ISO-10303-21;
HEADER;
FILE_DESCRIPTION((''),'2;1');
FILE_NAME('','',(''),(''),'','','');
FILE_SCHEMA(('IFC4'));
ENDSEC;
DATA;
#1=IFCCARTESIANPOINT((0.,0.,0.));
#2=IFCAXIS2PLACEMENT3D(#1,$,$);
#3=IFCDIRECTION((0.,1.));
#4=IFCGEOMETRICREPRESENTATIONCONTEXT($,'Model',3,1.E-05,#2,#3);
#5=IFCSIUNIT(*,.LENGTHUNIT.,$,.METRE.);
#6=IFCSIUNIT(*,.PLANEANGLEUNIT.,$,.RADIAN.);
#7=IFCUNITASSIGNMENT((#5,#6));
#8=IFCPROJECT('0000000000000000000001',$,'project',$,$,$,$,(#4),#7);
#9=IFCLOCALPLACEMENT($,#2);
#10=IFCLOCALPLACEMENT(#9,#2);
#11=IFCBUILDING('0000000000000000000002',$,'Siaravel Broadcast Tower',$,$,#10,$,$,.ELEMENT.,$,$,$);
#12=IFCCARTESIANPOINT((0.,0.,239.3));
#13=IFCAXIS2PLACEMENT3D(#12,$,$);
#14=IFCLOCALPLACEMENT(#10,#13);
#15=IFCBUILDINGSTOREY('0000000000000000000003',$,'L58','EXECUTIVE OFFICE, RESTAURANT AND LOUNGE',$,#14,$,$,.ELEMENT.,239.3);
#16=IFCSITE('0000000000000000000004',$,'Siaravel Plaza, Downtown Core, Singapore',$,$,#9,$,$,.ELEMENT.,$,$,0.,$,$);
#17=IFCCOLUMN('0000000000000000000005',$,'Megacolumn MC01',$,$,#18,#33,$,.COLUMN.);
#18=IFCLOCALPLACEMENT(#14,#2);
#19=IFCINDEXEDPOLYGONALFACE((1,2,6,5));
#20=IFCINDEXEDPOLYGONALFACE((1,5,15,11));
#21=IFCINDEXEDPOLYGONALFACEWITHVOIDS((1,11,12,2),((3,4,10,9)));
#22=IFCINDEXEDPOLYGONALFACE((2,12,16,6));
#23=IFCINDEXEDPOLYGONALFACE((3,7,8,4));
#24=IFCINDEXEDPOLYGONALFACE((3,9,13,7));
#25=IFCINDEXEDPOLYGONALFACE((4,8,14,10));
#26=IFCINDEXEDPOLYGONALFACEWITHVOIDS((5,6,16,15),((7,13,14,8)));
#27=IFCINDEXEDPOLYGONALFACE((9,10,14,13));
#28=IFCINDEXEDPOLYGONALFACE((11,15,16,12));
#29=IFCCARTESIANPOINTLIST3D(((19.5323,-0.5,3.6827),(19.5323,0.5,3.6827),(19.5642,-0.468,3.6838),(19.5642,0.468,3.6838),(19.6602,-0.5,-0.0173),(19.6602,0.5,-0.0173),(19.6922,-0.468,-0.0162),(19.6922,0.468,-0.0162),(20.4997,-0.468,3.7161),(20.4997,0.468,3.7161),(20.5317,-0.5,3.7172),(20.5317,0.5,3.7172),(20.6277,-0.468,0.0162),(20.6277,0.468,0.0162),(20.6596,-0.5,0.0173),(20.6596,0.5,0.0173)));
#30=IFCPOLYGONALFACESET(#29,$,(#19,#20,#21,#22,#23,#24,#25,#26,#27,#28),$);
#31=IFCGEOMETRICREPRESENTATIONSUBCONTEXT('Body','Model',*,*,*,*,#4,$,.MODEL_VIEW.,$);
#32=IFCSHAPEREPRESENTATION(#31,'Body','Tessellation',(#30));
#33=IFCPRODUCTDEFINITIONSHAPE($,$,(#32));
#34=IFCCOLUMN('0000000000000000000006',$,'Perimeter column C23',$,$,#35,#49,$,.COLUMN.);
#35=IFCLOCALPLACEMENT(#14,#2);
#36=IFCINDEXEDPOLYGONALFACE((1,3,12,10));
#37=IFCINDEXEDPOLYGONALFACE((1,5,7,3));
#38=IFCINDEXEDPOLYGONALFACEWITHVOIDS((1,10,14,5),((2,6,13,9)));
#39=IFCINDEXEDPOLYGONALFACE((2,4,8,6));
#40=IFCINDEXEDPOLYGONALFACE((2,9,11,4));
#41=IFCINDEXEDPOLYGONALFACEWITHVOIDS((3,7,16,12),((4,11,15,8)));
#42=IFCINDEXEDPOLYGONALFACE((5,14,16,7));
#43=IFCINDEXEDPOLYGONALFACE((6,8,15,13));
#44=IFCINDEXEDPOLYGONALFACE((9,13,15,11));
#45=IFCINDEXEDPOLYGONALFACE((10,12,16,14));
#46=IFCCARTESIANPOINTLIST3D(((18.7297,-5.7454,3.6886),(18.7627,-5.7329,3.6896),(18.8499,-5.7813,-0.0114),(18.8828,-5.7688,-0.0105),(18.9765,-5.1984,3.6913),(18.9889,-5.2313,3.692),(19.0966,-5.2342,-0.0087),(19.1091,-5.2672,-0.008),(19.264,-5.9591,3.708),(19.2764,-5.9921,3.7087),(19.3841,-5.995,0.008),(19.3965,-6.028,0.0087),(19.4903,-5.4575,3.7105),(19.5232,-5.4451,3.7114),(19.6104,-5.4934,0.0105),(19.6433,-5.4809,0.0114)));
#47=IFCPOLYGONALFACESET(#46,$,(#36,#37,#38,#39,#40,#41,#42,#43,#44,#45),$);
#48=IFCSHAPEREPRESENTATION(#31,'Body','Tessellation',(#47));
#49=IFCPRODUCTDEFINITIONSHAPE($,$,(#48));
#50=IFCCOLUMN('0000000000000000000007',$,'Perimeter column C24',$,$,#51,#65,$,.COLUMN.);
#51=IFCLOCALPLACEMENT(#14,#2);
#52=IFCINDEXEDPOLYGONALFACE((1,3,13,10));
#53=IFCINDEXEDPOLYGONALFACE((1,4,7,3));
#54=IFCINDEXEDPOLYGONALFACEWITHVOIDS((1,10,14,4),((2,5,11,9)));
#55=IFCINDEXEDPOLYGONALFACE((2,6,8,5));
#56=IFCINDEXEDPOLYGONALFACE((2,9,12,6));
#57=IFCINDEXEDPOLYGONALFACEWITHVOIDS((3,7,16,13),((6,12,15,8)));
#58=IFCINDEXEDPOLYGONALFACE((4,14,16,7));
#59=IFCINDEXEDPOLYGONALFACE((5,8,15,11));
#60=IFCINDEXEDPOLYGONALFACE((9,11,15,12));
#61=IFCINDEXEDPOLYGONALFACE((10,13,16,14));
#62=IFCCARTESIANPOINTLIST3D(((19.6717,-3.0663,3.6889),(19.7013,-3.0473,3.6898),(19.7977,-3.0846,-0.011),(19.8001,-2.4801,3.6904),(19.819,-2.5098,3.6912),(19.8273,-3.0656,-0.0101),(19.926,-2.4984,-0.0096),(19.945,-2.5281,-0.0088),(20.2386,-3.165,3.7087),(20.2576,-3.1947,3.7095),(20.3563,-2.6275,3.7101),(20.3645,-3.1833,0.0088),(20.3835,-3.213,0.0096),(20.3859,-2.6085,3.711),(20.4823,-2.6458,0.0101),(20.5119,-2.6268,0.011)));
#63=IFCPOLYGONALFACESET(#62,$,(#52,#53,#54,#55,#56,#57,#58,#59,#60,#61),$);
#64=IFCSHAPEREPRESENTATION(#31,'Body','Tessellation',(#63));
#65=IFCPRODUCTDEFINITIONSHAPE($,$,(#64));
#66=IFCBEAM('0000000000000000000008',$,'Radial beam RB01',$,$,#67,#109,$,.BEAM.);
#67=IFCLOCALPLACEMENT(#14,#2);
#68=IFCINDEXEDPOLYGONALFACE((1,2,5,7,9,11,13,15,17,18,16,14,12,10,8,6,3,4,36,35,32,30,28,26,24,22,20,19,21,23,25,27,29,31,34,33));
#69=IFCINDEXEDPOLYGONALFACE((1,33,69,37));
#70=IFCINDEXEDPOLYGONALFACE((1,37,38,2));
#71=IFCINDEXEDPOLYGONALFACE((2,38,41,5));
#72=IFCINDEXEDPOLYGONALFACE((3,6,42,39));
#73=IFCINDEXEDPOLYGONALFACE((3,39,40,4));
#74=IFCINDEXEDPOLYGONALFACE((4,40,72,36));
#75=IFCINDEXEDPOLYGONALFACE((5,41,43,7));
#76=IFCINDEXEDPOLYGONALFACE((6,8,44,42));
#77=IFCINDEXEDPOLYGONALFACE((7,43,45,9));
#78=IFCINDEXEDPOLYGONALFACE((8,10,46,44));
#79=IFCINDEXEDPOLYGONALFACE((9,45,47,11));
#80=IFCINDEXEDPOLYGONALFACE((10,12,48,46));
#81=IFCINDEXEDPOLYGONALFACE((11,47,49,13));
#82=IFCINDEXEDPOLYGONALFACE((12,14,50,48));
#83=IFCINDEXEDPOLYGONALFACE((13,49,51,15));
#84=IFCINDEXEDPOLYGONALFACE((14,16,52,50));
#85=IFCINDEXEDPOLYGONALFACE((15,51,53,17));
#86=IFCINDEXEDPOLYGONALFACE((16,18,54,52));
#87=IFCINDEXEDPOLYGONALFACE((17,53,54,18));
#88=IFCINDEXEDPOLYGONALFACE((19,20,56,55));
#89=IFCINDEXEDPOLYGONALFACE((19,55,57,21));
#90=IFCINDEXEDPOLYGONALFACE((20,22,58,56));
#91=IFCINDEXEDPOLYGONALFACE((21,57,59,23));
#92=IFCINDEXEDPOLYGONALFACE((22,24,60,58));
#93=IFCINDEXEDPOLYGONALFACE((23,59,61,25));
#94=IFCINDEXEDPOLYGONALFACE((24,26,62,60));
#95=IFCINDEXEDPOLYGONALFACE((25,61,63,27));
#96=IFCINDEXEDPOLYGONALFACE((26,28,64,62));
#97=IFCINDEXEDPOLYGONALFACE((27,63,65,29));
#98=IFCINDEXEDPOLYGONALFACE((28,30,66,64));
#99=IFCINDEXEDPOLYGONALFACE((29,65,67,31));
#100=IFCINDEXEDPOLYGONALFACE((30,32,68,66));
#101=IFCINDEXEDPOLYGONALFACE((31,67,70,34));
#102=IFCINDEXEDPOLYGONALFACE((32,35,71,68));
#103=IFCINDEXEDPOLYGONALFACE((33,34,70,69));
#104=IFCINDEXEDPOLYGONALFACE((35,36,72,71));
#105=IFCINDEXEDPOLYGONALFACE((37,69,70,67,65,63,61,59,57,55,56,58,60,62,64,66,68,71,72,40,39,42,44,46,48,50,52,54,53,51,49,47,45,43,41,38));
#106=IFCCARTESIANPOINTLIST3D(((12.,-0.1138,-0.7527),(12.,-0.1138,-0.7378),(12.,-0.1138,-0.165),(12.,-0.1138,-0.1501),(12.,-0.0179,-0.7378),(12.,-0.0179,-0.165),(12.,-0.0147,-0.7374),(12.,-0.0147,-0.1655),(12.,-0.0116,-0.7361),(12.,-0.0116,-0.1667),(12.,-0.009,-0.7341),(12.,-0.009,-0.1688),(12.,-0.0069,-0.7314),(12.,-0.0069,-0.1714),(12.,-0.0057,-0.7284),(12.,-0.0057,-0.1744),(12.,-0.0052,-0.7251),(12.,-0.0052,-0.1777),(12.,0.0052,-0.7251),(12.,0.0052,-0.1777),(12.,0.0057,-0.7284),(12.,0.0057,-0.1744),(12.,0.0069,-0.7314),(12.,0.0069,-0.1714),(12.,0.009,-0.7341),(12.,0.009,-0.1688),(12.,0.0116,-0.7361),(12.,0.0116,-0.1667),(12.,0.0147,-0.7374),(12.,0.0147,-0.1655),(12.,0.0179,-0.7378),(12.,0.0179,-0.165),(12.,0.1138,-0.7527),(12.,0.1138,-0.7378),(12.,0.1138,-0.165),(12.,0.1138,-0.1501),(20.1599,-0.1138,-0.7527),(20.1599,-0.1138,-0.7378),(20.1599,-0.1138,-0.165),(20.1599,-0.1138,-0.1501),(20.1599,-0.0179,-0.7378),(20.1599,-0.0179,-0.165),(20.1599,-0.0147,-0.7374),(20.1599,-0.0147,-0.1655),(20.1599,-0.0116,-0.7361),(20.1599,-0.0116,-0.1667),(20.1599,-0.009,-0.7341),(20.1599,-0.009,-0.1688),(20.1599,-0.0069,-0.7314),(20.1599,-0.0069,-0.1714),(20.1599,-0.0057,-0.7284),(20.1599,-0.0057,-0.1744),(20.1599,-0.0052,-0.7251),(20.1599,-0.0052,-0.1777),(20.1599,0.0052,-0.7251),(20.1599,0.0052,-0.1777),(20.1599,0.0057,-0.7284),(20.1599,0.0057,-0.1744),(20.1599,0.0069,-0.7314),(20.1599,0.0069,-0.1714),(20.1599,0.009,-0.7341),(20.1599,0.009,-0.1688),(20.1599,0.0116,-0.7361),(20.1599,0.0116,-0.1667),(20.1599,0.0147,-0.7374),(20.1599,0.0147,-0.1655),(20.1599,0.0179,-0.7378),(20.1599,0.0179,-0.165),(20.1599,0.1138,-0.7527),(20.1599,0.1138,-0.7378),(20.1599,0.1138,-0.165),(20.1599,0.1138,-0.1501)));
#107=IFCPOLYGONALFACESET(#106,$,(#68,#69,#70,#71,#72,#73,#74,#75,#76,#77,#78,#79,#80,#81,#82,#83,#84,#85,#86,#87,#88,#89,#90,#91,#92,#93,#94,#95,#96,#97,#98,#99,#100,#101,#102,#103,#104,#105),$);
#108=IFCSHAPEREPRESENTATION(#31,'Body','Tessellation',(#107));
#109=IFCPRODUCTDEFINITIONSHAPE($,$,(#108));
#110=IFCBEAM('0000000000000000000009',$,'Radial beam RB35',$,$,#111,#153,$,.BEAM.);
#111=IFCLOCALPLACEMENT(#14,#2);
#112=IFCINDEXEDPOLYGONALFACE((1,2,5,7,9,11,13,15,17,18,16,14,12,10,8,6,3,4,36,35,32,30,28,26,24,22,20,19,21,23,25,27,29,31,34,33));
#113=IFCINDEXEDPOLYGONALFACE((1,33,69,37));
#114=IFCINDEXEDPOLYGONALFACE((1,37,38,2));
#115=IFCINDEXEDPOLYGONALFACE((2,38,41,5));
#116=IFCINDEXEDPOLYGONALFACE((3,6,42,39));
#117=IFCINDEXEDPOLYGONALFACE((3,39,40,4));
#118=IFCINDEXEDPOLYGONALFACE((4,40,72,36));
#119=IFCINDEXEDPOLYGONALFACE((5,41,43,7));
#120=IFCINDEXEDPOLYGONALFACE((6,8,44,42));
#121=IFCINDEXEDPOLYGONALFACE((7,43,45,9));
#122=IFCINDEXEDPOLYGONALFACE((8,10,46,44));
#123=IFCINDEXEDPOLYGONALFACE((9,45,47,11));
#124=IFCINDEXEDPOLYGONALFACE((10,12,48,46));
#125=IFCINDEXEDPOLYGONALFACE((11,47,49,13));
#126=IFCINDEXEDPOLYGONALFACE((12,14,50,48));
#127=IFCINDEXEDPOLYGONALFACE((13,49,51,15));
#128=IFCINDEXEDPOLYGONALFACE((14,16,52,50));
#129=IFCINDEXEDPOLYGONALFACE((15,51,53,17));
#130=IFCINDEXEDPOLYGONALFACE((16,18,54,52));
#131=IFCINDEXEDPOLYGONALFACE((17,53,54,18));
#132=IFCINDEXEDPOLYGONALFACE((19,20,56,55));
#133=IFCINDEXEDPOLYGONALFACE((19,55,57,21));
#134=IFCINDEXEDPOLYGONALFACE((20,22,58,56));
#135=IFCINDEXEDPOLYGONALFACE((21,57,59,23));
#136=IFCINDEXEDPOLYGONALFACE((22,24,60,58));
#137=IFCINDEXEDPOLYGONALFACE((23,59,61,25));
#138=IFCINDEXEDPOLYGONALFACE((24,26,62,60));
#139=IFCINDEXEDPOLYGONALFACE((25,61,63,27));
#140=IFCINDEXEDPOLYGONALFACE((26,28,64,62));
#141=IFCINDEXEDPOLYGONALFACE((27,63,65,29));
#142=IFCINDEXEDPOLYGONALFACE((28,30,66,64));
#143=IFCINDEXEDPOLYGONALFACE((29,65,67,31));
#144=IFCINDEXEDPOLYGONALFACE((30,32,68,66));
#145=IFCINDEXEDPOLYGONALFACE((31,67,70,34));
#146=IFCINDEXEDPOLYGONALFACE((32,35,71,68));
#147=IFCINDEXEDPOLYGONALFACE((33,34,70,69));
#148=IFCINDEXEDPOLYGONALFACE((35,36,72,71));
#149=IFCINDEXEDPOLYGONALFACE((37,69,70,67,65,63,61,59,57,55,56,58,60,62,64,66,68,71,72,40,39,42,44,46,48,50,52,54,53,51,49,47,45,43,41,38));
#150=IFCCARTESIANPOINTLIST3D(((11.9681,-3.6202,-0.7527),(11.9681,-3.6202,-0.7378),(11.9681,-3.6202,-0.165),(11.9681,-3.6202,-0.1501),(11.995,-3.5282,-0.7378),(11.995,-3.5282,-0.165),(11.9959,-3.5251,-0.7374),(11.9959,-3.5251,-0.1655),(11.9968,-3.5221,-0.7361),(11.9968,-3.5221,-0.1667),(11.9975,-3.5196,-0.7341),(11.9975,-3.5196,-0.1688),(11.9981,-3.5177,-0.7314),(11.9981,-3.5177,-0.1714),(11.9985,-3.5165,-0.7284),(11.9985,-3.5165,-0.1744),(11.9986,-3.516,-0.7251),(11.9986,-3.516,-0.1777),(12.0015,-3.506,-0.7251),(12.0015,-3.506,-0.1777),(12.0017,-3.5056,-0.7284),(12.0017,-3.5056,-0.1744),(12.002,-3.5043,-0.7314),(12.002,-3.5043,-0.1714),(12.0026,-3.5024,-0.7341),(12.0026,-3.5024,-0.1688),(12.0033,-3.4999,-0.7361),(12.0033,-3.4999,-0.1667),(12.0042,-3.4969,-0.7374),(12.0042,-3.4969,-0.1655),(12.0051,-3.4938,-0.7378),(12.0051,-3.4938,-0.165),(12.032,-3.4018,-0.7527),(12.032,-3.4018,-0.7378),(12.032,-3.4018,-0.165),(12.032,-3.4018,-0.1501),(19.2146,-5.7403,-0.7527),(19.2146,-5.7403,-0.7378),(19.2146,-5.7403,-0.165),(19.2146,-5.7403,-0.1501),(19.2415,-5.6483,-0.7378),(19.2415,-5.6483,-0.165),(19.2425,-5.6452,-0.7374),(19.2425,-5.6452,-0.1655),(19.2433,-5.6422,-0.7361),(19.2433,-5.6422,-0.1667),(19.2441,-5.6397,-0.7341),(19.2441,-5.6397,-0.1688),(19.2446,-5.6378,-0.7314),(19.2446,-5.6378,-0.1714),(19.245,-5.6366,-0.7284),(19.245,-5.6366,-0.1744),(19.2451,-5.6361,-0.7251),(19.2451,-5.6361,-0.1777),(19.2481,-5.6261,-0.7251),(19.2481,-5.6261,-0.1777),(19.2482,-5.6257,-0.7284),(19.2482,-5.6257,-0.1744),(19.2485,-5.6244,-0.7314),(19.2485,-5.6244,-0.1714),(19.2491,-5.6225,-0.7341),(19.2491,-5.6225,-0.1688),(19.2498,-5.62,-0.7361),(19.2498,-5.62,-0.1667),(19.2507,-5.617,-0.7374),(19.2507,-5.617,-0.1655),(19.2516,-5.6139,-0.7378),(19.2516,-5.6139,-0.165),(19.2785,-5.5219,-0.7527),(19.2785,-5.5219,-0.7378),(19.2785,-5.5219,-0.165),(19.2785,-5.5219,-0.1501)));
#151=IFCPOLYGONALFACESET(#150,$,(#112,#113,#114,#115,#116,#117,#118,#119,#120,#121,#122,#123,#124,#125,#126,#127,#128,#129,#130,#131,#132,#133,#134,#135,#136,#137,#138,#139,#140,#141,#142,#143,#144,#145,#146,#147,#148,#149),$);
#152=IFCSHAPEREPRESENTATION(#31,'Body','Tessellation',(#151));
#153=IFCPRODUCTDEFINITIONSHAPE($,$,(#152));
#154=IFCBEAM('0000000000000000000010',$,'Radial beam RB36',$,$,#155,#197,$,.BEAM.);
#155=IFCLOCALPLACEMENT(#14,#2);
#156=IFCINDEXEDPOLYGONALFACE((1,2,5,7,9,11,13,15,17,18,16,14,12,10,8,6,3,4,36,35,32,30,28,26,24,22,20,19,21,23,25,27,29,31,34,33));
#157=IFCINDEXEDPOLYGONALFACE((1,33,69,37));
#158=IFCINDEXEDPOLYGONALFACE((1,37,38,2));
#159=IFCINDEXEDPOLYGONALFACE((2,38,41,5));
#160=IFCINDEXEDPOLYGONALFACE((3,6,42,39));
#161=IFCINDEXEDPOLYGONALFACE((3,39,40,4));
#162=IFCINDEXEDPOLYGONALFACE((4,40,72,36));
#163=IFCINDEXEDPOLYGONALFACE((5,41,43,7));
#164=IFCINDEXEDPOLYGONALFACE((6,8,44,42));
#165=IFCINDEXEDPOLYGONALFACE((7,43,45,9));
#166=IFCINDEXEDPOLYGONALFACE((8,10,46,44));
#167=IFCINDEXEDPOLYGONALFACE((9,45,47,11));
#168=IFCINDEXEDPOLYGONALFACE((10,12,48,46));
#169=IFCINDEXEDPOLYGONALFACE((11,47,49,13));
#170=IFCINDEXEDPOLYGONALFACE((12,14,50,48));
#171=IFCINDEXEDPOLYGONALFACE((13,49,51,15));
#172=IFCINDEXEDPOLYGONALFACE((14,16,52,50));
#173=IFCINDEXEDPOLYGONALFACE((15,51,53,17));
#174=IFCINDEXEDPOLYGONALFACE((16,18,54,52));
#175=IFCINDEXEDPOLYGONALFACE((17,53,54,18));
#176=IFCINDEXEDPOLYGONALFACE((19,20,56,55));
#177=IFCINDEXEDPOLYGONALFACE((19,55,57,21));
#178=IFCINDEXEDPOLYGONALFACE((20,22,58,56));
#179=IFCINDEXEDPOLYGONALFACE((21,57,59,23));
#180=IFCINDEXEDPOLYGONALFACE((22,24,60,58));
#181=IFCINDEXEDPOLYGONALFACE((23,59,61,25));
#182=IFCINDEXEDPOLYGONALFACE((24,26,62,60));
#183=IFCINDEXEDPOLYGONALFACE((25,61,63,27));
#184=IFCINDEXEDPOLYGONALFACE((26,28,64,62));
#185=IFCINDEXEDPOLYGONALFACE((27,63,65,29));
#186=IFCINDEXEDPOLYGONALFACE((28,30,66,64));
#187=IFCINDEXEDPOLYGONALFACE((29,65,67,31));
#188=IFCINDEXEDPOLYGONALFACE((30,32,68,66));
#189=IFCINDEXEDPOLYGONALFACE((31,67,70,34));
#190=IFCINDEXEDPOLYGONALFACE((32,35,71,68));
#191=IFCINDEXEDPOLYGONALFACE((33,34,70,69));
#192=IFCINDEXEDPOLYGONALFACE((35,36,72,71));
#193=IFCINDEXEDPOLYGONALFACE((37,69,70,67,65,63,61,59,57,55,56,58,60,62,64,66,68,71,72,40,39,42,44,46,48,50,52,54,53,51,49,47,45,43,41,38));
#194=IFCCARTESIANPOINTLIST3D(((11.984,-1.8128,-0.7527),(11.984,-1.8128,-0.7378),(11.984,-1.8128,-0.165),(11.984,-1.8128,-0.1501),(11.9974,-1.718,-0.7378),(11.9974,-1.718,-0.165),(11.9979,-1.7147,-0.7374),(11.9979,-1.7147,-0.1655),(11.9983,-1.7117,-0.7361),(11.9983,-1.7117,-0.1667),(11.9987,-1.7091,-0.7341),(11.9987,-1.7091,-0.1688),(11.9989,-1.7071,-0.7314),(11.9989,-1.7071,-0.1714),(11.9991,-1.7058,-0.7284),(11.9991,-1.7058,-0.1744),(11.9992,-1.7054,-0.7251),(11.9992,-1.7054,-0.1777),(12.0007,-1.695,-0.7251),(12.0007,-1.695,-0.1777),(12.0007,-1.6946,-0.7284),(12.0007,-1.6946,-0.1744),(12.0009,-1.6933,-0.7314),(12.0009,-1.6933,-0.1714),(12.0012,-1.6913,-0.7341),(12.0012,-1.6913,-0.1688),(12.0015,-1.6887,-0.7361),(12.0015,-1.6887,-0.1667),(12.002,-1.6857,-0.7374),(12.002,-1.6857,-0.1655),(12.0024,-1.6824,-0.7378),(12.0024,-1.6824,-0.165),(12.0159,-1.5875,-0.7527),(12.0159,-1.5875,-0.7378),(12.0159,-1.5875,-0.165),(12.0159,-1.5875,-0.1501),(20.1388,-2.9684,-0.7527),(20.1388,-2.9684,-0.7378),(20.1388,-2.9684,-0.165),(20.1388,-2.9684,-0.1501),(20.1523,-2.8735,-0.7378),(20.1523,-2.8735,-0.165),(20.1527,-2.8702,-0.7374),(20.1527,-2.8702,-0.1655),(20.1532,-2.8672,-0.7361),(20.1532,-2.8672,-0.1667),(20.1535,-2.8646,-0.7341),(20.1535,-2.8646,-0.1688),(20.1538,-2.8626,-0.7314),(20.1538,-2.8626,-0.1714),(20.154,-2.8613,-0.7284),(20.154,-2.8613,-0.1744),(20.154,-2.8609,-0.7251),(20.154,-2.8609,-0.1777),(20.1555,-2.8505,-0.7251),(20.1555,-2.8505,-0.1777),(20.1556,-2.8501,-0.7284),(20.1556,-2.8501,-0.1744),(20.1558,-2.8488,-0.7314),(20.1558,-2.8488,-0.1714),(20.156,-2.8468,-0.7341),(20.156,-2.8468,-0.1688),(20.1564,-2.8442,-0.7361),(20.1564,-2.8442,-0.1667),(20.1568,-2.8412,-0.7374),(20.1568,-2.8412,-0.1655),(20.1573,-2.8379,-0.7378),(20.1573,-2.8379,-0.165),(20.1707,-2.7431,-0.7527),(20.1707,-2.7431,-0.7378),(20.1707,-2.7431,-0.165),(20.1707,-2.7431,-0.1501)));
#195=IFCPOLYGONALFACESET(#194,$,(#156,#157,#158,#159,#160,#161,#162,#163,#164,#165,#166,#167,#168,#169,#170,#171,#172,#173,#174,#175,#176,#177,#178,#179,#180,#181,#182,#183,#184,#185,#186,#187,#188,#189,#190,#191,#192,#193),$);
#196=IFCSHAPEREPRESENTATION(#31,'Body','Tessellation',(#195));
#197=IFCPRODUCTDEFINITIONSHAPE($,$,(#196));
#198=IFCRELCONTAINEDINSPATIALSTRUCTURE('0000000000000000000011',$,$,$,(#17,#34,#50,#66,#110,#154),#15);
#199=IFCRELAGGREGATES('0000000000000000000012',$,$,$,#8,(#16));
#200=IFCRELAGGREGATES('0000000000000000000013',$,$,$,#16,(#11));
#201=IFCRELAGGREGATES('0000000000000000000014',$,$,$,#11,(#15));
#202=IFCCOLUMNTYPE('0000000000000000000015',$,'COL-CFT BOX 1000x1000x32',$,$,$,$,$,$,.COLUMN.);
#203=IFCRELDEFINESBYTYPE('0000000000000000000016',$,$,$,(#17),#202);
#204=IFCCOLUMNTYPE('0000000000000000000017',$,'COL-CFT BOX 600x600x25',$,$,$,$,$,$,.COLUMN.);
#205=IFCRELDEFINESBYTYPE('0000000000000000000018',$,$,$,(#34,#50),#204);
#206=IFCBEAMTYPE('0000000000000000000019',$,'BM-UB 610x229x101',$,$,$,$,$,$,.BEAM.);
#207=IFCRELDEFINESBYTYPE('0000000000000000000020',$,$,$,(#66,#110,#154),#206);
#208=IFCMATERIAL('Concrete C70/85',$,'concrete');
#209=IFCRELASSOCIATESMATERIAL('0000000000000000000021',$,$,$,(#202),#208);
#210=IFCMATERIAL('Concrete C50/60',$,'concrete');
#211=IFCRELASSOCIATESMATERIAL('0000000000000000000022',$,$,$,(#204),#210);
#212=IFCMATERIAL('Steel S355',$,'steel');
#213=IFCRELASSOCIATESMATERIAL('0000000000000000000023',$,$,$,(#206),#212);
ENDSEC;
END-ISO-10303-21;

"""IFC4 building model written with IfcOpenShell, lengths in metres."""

from ifc_helpers import new_model, si_unit, direction, frame, origin, origin_2d, place, context, subcontext, project, spatial, hollow_rectangle, i_section, extrude, material, material_profile, profile_set, type_object, element, save


model = new_model("IFC4")

# Units and contexts
model_context = context("Model", 3, precision=1e-05, world=origin(), true_north=direction((0.0, 1.0)))
body_context = subcontext(model_context, "Body", "Model", "MODEL_VIEW")
ifc_project = project(units=[si_unit("LENGTHUNIT", "METRE"), si_unit("PLANEANGLEUNIT", "RADIAN")], contexts=[model_context])

# Site, building, storey
site_placement = place(None, origin())
site = spatial("IfcSite", under=ifc_project, at=site_placement, Name="Siaravel Plaza, Downtown Core, Singapore", CompositionType="ELEMENT", RefElevation=0.0)
building_placement = place(site_placement, origin())
building = spatial("IfcBuilding", under=site, at=building_placement, Name="Siaravel Broadcast Tower", CompositionType="ELEMENT")
storey_placement = place(building_placement, frame((0.0, 0.0, 239.3)))
storey = spatial("IfcBuildingStorey", under=building, at=storey_placement, Name="L58", Description="EXECUTIVE OFFICE, RESTAURANT AND LOUNGE", CompositionType="ELEMENT", Elevation=239.3)

# Columns
ifc_material_1 = material(Name="Concrete C70/85", Category="concrete")
ifc_material_profile_1 = material_profile(ifc_material_1, hollow_rectangle(XDim=1.0, YDim=1.0, WallThickness=0.032, at=origin_2d()))
ifc_profile_set_1 = profile_set([ifc_material_profile_1], Name="Concrete C70/85")
column_type_1 = type_object("IfcColumnType", Name="COL-CFT BOX 1000x1000x32", PredefinedType="COLUMN", material=ifc_profile_set_1)
column_placement = place(storey_placement, frame((20.1599, 0.0, 0.0), z_axis=(-0.034555, 0.0, 0.999403), x_axis=(0.0, -1.0, 0.0)))
element("IfcColumn", 1, at=column_placement, inside=storey, type_object=column_type_1, Name="Megacolumn MC01", PredefinedType="COLUMN", context=body_context, shape_type="SweptSolid", body=[
    extrude(hollow_rectangle(XDim=1.0, YDim=1.0, WallThickness=0.032, at=origin_2d()), origin(), (0.0, 0.0, 1.0), 3.7021),
])
ifc_material_2 = material(Name="Concrete C50/60", Category="concrete")
ifc_material_profile_2 = material_profile(ifc_material_2, hollow_rectangle(XDim=0.6001, YDim=0.6001, WallThickness=0.0249, at=origin_2d()))
ifc_profile_set_2 = profile_set([ifc_material_profile_2], Name="Concrete C50/60")
column_type_2 = type_object("IfcColumnType", Name="COL-CFT BOX 600x600x25", PredefinedType="COLUMN", material=ifc_profile_set_2)
for number, where, z_axis, x_axis, name in (
    (2, (19.2466, -5.6311, 0.0), (-0.032446, 0.009694, 0.999426), (-0.411189, -0.911539, -0.004507), "Perimeter column C23"),
    (3, (20.1548, -2.8557, 0.0), (-0.034028, 0.004946, 0.999409), (-0.213909, -0.976851, -0.002449), "Perimeter column C24"),
):
    element("IfcColumn", number, at=place(storey_placement, frame(where, z_axis=z_axis, x_axis=x_axis)), inside=storey, type_object=column_type_2, Name=name, PredefinedType="COLUMN", context=body_context, shape_type="SweptSolid", body=[
        extrude(hollow_rectangle(XDim=0.6001, YDim=0.6001, WallThickness=0.0249, at=origin_2d()), origin(), (0.0, 0.0, 1.0), 3.7021),
    ])

# Beams
ifc_material_3 = material(Name="Steel S355", Category="steel")
ifc_material_profile_3 = material_profile(ifc_material_3, i_section(OverallWidth=0.2275, OverallDepth=0.6025, WebThickness=0.0105, FlangeThickness=0.0149, FilletRadius=0.0127, at=origin_2d()))
ifc_profile_set_3 = profile_set([ifc_material_profile_3], Name="Steel S355")
beam_type = type_object("IfcBeamType", Name="BM-UB 610x229x101", PredefinedType="BEAM", material=ifc_profile_set_3)
beam_1_placement = place(storey_placement, frame((20.1599, 0.0, -0.4514), z_axis=(-1.0, 0.0, 0.0), x_axis=(0.0, -1.0, 0.0)))
element("IfcBeam", 4, at=beam_1_placement, inside=storey, type_object=beam_type, Name="Radial beam RB01", PredefinedType="BEAM", context=body_context, shape_type="SweptSolid", body=[
    extrude(i_section(OverallWidth=0.2275, OverallDepth=0.6025, WebThickness=0.0105, FlangeThickness=0.0149, FilletRadius=0.0127, at=origin_2d()), origin(), (0.0, 0.0, 1.0), 8.1599),
])
beam_2_placement = place(storey_placement, frame((19.2466, -5.6311, -0.4514), z_axis=(-0.959767, 0.280797, 0.0), x_axis=(-0.280797, -0.959767, 0.0)))
element("IfcBeam", 5, at=beam_2_placement, inside=storey, type_object=beam_type, Name="Radial beam RB35", PredefinedType="BEAM", context=body_context, shape_type="SweptSolid", body=[
    extrude(i_section(OverallWidth=0.2275, OverallDepth=0.6025, WebThickness=0.0105, FlangeThickness=0.0149, FilletRadius=0.0127, at=origin_2d()), origin(), (0.0, 0.0, 1.0), 7.5503),
])
beam_3_placement = place(storey_placement, frame((20.1548, -2.8557, -0.4514), z_axis=(-0.99011, 0.140297, 0.0), x_axis=(-0.140297, -0.99011, 0.0)))
element("IfcBeam", 6, at=beam_3_placement, inside=storey, type_object=beam_type, Name="Radial beam RB36", PredefinedType="BEAM", context=body_context, shape_type="SweptSolid", body=[
    extrude(i_section(OverallWidth=0.2275, OverallDepth=0.6025, WebThickness=0.0105, FlangeThickness=0.0149, FilletRadius=0.0127, at=origin_2d()), origin(), (0.0, 0.0, 1.0), 8.2363),
])

save(model, "model.ifc")
